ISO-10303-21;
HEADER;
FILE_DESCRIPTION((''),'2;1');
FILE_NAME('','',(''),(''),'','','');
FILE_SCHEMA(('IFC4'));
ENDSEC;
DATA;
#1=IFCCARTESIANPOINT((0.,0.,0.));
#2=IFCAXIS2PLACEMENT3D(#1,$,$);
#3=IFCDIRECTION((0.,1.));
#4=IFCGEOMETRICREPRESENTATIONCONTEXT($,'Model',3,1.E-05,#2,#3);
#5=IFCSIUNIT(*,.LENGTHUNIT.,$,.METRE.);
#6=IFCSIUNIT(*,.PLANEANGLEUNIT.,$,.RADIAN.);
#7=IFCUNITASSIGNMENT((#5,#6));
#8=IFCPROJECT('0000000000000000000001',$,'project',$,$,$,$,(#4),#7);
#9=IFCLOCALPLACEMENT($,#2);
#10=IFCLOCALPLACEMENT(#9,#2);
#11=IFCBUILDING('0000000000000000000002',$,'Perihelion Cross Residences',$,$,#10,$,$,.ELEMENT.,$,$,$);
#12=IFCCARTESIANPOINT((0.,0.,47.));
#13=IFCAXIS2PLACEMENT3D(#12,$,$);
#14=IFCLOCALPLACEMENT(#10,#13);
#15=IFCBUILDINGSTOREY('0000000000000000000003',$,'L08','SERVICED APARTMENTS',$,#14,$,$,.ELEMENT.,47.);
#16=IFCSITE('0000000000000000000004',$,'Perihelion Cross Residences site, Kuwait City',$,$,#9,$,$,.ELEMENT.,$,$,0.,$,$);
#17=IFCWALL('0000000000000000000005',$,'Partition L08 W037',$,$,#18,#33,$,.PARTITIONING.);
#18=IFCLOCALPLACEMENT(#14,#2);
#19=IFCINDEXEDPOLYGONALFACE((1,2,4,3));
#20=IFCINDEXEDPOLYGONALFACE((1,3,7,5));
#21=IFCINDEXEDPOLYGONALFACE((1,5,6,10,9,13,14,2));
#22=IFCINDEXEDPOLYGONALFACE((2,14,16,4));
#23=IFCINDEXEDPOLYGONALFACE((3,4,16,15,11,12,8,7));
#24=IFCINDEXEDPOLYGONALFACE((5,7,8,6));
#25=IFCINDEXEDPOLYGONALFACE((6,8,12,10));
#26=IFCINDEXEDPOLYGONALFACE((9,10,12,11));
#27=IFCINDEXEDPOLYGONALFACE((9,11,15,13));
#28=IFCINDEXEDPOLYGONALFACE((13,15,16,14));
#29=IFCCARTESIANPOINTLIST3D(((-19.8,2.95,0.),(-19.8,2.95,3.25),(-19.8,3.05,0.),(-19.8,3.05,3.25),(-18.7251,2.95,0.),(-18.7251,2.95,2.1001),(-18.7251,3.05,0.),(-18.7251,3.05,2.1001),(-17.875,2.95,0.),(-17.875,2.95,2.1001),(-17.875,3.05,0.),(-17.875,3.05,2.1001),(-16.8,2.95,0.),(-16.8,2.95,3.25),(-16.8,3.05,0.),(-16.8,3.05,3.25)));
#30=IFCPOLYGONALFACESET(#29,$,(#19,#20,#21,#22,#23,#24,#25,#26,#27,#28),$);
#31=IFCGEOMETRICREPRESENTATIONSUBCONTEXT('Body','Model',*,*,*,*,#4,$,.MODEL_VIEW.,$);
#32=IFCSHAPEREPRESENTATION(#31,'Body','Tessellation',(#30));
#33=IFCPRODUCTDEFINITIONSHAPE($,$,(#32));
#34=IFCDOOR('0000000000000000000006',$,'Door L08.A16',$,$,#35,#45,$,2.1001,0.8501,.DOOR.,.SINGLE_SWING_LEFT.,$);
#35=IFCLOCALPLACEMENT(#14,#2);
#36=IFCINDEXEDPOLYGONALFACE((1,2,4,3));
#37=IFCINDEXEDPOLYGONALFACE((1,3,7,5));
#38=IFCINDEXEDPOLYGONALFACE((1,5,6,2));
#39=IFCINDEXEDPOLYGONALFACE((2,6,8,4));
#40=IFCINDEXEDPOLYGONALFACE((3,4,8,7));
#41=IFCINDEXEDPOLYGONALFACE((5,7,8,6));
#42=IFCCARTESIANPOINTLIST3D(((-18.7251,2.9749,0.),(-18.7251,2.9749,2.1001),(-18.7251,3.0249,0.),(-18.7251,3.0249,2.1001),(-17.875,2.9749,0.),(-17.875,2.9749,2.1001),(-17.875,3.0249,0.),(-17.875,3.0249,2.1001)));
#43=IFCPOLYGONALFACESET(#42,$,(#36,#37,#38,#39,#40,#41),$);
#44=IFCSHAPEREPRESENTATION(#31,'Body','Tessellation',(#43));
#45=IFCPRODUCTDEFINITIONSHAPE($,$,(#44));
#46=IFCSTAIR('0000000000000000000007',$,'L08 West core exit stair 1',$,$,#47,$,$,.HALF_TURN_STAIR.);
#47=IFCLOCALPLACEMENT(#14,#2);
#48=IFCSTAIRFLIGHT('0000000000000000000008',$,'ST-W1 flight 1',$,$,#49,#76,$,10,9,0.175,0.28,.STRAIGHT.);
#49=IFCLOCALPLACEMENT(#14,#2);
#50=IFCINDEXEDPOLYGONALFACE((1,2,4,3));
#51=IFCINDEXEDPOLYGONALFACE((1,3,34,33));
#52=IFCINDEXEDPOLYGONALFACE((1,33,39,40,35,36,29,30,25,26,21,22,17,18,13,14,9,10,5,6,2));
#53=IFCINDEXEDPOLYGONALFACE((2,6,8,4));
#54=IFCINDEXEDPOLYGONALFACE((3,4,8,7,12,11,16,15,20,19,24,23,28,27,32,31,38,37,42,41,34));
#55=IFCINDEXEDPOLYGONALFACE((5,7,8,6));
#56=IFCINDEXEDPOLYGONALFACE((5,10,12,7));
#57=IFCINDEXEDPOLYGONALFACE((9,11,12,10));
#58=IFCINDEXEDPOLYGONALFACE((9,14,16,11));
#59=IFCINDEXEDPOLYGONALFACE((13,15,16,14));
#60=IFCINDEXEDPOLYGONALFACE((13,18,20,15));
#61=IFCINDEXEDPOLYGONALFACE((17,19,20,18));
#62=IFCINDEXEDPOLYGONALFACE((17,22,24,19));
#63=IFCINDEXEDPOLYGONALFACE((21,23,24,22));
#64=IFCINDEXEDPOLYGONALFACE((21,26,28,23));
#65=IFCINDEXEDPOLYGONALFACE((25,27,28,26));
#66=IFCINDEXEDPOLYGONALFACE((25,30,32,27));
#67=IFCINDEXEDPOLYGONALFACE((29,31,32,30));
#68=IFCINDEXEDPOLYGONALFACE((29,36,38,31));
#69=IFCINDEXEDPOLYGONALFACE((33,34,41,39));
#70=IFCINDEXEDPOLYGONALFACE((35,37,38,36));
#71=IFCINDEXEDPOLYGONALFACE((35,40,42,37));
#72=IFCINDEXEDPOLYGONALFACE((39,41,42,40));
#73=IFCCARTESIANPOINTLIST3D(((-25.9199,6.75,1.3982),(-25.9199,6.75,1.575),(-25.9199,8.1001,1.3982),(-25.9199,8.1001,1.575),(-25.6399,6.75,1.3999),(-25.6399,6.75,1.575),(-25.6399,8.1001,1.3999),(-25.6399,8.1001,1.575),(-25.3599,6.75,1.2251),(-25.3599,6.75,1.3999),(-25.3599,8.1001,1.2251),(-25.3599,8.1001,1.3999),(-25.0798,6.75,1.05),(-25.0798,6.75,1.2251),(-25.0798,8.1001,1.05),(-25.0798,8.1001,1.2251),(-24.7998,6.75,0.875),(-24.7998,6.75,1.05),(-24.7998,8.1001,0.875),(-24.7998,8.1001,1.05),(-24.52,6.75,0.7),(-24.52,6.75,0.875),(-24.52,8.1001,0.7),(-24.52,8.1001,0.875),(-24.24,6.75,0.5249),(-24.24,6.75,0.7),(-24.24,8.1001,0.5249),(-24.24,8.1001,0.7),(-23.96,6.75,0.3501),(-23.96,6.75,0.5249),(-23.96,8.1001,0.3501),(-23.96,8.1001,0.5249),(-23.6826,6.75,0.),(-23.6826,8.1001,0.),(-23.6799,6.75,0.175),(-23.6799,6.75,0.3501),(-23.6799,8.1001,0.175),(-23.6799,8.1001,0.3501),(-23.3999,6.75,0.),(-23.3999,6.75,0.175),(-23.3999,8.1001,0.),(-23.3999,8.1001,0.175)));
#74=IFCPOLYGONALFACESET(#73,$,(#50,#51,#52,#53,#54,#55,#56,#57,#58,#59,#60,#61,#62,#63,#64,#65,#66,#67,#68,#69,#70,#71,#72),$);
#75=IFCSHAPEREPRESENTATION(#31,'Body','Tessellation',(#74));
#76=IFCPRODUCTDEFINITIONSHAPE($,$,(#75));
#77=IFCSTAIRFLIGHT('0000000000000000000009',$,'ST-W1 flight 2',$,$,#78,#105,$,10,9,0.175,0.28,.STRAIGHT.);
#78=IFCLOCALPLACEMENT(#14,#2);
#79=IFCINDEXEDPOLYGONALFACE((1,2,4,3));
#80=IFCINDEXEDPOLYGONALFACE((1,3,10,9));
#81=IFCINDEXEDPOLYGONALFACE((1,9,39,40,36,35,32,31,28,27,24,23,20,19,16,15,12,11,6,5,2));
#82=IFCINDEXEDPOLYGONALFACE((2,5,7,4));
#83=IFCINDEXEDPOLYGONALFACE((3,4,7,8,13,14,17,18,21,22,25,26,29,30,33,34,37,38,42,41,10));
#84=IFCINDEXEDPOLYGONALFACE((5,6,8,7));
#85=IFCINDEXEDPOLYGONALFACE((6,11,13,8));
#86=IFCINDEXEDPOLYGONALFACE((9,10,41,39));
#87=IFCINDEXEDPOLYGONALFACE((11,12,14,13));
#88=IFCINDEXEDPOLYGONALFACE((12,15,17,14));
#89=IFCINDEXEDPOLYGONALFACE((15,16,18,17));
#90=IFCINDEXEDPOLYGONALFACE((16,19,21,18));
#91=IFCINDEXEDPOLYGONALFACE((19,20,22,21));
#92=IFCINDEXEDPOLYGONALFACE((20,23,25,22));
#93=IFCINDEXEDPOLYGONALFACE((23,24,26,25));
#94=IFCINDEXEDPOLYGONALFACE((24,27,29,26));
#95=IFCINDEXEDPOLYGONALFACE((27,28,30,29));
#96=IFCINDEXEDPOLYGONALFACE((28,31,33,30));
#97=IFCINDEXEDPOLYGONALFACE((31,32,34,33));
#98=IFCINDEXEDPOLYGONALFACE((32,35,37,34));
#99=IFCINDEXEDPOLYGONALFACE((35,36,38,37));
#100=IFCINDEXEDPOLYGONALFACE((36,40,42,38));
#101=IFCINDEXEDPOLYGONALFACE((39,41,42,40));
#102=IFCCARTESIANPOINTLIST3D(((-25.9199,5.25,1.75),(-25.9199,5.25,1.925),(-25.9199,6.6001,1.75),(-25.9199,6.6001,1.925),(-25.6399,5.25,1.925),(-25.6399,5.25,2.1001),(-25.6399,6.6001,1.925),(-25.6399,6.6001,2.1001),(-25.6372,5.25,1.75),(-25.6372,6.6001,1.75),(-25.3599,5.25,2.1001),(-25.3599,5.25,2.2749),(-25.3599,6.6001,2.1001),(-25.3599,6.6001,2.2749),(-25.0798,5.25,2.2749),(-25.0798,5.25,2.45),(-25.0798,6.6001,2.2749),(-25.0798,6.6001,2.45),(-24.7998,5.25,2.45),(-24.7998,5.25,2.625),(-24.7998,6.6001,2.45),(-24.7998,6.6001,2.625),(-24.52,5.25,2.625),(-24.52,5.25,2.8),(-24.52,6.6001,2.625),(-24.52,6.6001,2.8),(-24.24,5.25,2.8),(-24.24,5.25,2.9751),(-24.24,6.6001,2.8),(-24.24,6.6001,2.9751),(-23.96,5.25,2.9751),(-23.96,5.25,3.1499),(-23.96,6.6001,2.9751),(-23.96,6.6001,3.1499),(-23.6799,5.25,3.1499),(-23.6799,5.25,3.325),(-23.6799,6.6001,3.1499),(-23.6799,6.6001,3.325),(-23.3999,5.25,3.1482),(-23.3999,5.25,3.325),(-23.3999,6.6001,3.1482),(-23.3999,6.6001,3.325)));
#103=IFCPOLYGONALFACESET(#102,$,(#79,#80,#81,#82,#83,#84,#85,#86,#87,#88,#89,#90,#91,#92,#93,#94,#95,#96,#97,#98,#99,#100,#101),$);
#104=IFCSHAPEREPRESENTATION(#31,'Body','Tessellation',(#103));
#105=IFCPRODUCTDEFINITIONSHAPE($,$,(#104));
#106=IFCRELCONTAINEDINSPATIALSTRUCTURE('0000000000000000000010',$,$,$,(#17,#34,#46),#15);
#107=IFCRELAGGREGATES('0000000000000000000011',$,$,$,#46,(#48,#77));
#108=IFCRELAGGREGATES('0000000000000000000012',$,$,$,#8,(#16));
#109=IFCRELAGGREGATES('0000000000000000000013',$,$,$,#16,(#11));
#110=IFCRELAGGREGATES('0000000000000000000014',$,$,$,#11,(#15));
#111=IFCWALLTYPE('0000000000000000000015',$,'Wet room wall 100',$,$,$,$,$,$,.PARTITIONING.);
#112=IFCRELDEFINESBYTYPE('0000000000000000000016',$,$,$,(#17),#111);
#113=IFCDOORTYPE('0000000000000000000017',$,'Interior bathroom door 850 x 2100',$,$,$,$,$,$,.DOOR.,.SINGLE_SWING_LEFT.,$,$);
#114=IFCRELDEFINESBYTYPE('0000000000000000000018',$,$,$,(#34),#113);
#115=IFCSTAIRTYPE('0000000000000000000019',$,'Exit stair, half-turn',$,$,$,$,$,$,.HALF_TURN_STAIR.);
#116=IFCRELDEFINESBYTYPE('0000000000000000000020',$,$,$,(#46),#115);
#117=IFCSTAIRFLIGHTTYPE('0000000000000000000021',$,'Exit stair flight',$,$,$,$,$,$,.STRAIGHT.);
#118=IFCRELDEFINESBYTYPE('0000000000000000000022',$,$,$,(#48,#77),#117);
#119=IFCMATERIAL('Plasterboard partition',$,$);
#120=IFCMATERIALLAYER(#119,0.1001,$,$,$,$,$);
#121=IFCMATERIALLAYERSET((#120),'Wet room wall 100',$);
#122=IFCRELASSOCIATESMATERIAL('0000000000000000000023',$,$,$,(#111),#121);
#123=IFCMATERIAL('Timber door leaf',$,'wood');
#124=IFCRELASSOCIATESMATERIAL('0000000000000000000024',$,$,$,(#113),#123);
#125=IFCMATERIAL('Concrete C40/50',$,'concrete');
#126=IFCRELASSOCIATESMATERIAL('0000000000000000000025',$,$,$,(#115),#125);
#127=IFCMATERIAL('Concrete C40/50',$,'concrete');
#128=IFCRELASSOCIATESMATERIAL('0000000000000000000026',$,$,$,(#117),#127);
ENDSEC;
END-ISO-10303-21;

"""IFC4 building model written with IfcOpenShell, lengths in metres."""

from ifc_helpers import new_model, si_unit, direction, frame, frame_2d, origin, place, context, subcontext, project, spatial, polyline, rectangle, outline, extrude, material, layer, layer_set, type_object, element, fill, aggregate, save


model = new_model("IFC4")

# Units and contexts
model_context = context("Model", 3, precision=1e-05, world=origin(), true_north=direction((0.0, 1.0)))
body_context = subcontext(model_context, "Body", "Model", "MODEL_VIEW")
ifc_project = project(units=[si_unit("LENGTHUNIT", "METRE"), si_unit("PLANEANGLEUNIT", "RADIAN")], contexts=[model_context])

# Site, building, storey
site_placement = place(None, origin())
site = spatial("IfcSite", under=ifc_project, at=site_placement, Name="Perihelion Cross Residences site, Kuwait City", CompositionType="ELEMENT", RefElevation=0.0)
building_placement = place(site_placement, origin())
building = spatial("IfcBuilding", under=site, at=building_placement, Name="Perihelion Cross Residences", CompositionType="ELEMENT")
storey_placement = place(building_placement, frame((0.0, 0.0, 47.0)))
storey = spatial("IfcBuildingStorey", under=building, at=storey_placement, Name="L08", Description="SERVICED APARTMENTS", CompositionType="ELEMENT", Elevation=47.0)

# Shared definitions
ifc_material_1 = material(Name="Plasterboard partition")
ifc_layer_1 = layer(ifc_material_1, 0.1001)
ifc_layer_set_1 = layer_set([ifc_layer_1], Name="Wet room wall 100")
wall_type_1 = type_object("IfcWallType", Name="Wet room wall 100", PredefinedType="PARTITIONING", material=ifc_layer_set_1)

# Wall, opening, door
wall_1_placement = place(storey_placement, frame((-19.8, 3.0, 0.0), z_axis=(0.0, 0.0, 1.0), x_axis=(1.0, 0.0, 0.0)))
wall_1 = element("IfcWall", 1, at=wall_1_placement, inside=storey, type_object=wall_type_1, Name="Partition L08 W037", PredefinedType="PARTITIONING", context=body_context, shape_type="SweptSolid", body=[
    extrude(rectangle(XDim=3.0, YDim=0.1001, at=frame_2d((1.5, 0.0))), origin(), (0.0, 0.0, 1.0), 3.25),
])
opening_1_placement = place(wall_1_placement, frame((1.075, 0.0, 0.0)))
opening_1 = element("IfcOpeningElement", 2, at=opening_1_placement, cuts=wall_1, PredefinedType="OPENING", context=body_context, shape_type="SweptSolid", body=[
    extrude(rectangle(XDim=0.8501, YDim=2.1001, at=frame_2d((0.425, 1.05))), frame((0.0, 0.0601, 0.0), z_axis=(0.0, -1.0, 0.0), x_axis=(1.0, 0.0, 0.0)), (0.0, 0.0, 1.0), 0.1201),
])
ifc_material_2 = material(Name="Timber door leaf", Category="wood")
door_type_1 = type_object("IfcDoorType", Name="Interior bathroom door 850 x 2100", OperationType="SINGLE_SWING_LEFT", PredefinedType="DOOR", material=ifc_material_2)
door_1_placement = place(opening_1_placement, origin())
door_1 = element("IfcDoor", 3, at=door_1_placement, inside=storey, type_object=door_type_1, Name="Door L08.A16", OperationType="SINGLE_SWING_LEFT", OverallHeight=2.1001, OverallWidth=0.8501, PredefinedType="DOOR", context=body_context, shape_type="SweptSolid", body=[
    extrude(rectangle(XDim=0.8501, YDim=2.1001, at=frame_2d((0.425, 1.05))), frame((0.0, 0.0249, 0.0), z_axis=(0.0, -1.0, 0.0), x_axis=(1.0, 0.0, 0.0)), (0.0, 0.0, 1.0), 0.05),
])
fill(opening_1, door_1)

# Stair, stair flights
ifc_material_3 = material(Name="Concrete C40/50", Category="concrete")
stair_type = type_object("IfcStairType", Name="Exit stair, half-turn", PredefinedType="HALF_TURN_STAIR", material=ifc_material_3)
stair_placement = place(storey_placement, origin())
stair = element("IfcStair", 4, at=stair_placement, inside=storey, type_object=stair_type, Name="L08 West core exit stair 1", PredefinedType="HALF_TURN_STAIR")
ifc_material_4 = material(Name="Concrete C40/50", Category="concrete")
stair_flight_type = type_object("IfcStairFlightType", Name="Exit stair flight", PredefinedType="STRAIGHT", material=ifc_material_4)
stair_flight_1_placement = place(storey_placement, frame((-23.3999, 7.425, 0.0), z_axis=(0.0, 0.0, 1.0), x_axis=(-1.0, 0.0, 0.0)))
stair_flight_1 = element("IfcStairFlight", 5, at=stair_flight_1_placement, type_object=stair_flight_type, Name="ST-W1 flight 1", NumberOfRisers=10, NumberOfTreads=9, PredefinedType="STRAIGHT", RiserHeight=0.175, TreadLength=0.28, context=body_context, shape_type="SweptSolid", body=[
    extrude(outline(polyline([(0.0, 0.0), (0.0, 0.175), (0.28, 0.175), (0.28, 0.3501), (0.5601, 0.3501), (0.5601, 0.5249), (0.8401, 0.5249), (0.8401, 0.7), (1.1201, 0.7), (1.1201, 0.875), (1.3999, 0.875), (1.3999, 1.05), (1.6799, 1.05), (1.6799, 1.2251), (1.96, 1.2251), (1.96, 1.3999), (2.24, 1.3999), (2.24, 1.575), (2.52, 1.575), (2.52, 1.75), (2.52, 1.3982), (0.2827, 0.0), (0.0, 0.0)])), frame((0.0, 0.675, 0.0), z_axis=(0.0, -1.0, 0.0), x_axis=(1.0, 0.0, 0.0)), (0.0, 0.0, 1.0), 1.3501),
])
stair_flight_2_placement = place(storey_placement, frame((-25.9199, 5.925, 1.75), z_axis=(0.0, 0.0, 1.0), x_axis=(1.0, 0.0, 0.0)))
stair_flight_2 = element("IfcStairFlight", 6, at=stair_flight_2_placement, type_object=stair_flight_type, Name="ST-W1 flight 2", NumberOfRisers=10, NumberOfTreads=9, PredefinedType="STRAIGHT", RiserHeight=0.175, TreadLength=0.28, context=body_context, shape_type="SweptSolid", body=[
    extrude(outline(polyline([(0.0, 0.0), (0.0, 0.175), (0.28, 0.175), (0.28, 0.3501), (0.5601, 0.3501), (0.5601, 0.5249), (0.8401, 0.5249), (0.8401, 0.7), (1.1201, 0.7), (1.1201, 0.875), (1.3999, 0.875), (1.3999, 1.05), (1.6799, 1.05), (1.6799, 1.2251), (1.96, 1.2251), (1.96, 1.3999), (2.24, 1.3999), (2.24, 1.575), (2.52, 1.575), (2.52, 1.75), (2.52, 1.3982), (0.2827, 0.0), (0.0, 0.0)])), frame((0.0, 0.675, 0.0), z_axis=(0.0, -1.0, 0.0), x_axis=(1.0, 0.0, 0.0)), (0.0, 0.0, 1.0), 1.3501),
])
aggregate(stair, [stair_flight_1, stair_flight_2])

save(model, "model.ifc")
